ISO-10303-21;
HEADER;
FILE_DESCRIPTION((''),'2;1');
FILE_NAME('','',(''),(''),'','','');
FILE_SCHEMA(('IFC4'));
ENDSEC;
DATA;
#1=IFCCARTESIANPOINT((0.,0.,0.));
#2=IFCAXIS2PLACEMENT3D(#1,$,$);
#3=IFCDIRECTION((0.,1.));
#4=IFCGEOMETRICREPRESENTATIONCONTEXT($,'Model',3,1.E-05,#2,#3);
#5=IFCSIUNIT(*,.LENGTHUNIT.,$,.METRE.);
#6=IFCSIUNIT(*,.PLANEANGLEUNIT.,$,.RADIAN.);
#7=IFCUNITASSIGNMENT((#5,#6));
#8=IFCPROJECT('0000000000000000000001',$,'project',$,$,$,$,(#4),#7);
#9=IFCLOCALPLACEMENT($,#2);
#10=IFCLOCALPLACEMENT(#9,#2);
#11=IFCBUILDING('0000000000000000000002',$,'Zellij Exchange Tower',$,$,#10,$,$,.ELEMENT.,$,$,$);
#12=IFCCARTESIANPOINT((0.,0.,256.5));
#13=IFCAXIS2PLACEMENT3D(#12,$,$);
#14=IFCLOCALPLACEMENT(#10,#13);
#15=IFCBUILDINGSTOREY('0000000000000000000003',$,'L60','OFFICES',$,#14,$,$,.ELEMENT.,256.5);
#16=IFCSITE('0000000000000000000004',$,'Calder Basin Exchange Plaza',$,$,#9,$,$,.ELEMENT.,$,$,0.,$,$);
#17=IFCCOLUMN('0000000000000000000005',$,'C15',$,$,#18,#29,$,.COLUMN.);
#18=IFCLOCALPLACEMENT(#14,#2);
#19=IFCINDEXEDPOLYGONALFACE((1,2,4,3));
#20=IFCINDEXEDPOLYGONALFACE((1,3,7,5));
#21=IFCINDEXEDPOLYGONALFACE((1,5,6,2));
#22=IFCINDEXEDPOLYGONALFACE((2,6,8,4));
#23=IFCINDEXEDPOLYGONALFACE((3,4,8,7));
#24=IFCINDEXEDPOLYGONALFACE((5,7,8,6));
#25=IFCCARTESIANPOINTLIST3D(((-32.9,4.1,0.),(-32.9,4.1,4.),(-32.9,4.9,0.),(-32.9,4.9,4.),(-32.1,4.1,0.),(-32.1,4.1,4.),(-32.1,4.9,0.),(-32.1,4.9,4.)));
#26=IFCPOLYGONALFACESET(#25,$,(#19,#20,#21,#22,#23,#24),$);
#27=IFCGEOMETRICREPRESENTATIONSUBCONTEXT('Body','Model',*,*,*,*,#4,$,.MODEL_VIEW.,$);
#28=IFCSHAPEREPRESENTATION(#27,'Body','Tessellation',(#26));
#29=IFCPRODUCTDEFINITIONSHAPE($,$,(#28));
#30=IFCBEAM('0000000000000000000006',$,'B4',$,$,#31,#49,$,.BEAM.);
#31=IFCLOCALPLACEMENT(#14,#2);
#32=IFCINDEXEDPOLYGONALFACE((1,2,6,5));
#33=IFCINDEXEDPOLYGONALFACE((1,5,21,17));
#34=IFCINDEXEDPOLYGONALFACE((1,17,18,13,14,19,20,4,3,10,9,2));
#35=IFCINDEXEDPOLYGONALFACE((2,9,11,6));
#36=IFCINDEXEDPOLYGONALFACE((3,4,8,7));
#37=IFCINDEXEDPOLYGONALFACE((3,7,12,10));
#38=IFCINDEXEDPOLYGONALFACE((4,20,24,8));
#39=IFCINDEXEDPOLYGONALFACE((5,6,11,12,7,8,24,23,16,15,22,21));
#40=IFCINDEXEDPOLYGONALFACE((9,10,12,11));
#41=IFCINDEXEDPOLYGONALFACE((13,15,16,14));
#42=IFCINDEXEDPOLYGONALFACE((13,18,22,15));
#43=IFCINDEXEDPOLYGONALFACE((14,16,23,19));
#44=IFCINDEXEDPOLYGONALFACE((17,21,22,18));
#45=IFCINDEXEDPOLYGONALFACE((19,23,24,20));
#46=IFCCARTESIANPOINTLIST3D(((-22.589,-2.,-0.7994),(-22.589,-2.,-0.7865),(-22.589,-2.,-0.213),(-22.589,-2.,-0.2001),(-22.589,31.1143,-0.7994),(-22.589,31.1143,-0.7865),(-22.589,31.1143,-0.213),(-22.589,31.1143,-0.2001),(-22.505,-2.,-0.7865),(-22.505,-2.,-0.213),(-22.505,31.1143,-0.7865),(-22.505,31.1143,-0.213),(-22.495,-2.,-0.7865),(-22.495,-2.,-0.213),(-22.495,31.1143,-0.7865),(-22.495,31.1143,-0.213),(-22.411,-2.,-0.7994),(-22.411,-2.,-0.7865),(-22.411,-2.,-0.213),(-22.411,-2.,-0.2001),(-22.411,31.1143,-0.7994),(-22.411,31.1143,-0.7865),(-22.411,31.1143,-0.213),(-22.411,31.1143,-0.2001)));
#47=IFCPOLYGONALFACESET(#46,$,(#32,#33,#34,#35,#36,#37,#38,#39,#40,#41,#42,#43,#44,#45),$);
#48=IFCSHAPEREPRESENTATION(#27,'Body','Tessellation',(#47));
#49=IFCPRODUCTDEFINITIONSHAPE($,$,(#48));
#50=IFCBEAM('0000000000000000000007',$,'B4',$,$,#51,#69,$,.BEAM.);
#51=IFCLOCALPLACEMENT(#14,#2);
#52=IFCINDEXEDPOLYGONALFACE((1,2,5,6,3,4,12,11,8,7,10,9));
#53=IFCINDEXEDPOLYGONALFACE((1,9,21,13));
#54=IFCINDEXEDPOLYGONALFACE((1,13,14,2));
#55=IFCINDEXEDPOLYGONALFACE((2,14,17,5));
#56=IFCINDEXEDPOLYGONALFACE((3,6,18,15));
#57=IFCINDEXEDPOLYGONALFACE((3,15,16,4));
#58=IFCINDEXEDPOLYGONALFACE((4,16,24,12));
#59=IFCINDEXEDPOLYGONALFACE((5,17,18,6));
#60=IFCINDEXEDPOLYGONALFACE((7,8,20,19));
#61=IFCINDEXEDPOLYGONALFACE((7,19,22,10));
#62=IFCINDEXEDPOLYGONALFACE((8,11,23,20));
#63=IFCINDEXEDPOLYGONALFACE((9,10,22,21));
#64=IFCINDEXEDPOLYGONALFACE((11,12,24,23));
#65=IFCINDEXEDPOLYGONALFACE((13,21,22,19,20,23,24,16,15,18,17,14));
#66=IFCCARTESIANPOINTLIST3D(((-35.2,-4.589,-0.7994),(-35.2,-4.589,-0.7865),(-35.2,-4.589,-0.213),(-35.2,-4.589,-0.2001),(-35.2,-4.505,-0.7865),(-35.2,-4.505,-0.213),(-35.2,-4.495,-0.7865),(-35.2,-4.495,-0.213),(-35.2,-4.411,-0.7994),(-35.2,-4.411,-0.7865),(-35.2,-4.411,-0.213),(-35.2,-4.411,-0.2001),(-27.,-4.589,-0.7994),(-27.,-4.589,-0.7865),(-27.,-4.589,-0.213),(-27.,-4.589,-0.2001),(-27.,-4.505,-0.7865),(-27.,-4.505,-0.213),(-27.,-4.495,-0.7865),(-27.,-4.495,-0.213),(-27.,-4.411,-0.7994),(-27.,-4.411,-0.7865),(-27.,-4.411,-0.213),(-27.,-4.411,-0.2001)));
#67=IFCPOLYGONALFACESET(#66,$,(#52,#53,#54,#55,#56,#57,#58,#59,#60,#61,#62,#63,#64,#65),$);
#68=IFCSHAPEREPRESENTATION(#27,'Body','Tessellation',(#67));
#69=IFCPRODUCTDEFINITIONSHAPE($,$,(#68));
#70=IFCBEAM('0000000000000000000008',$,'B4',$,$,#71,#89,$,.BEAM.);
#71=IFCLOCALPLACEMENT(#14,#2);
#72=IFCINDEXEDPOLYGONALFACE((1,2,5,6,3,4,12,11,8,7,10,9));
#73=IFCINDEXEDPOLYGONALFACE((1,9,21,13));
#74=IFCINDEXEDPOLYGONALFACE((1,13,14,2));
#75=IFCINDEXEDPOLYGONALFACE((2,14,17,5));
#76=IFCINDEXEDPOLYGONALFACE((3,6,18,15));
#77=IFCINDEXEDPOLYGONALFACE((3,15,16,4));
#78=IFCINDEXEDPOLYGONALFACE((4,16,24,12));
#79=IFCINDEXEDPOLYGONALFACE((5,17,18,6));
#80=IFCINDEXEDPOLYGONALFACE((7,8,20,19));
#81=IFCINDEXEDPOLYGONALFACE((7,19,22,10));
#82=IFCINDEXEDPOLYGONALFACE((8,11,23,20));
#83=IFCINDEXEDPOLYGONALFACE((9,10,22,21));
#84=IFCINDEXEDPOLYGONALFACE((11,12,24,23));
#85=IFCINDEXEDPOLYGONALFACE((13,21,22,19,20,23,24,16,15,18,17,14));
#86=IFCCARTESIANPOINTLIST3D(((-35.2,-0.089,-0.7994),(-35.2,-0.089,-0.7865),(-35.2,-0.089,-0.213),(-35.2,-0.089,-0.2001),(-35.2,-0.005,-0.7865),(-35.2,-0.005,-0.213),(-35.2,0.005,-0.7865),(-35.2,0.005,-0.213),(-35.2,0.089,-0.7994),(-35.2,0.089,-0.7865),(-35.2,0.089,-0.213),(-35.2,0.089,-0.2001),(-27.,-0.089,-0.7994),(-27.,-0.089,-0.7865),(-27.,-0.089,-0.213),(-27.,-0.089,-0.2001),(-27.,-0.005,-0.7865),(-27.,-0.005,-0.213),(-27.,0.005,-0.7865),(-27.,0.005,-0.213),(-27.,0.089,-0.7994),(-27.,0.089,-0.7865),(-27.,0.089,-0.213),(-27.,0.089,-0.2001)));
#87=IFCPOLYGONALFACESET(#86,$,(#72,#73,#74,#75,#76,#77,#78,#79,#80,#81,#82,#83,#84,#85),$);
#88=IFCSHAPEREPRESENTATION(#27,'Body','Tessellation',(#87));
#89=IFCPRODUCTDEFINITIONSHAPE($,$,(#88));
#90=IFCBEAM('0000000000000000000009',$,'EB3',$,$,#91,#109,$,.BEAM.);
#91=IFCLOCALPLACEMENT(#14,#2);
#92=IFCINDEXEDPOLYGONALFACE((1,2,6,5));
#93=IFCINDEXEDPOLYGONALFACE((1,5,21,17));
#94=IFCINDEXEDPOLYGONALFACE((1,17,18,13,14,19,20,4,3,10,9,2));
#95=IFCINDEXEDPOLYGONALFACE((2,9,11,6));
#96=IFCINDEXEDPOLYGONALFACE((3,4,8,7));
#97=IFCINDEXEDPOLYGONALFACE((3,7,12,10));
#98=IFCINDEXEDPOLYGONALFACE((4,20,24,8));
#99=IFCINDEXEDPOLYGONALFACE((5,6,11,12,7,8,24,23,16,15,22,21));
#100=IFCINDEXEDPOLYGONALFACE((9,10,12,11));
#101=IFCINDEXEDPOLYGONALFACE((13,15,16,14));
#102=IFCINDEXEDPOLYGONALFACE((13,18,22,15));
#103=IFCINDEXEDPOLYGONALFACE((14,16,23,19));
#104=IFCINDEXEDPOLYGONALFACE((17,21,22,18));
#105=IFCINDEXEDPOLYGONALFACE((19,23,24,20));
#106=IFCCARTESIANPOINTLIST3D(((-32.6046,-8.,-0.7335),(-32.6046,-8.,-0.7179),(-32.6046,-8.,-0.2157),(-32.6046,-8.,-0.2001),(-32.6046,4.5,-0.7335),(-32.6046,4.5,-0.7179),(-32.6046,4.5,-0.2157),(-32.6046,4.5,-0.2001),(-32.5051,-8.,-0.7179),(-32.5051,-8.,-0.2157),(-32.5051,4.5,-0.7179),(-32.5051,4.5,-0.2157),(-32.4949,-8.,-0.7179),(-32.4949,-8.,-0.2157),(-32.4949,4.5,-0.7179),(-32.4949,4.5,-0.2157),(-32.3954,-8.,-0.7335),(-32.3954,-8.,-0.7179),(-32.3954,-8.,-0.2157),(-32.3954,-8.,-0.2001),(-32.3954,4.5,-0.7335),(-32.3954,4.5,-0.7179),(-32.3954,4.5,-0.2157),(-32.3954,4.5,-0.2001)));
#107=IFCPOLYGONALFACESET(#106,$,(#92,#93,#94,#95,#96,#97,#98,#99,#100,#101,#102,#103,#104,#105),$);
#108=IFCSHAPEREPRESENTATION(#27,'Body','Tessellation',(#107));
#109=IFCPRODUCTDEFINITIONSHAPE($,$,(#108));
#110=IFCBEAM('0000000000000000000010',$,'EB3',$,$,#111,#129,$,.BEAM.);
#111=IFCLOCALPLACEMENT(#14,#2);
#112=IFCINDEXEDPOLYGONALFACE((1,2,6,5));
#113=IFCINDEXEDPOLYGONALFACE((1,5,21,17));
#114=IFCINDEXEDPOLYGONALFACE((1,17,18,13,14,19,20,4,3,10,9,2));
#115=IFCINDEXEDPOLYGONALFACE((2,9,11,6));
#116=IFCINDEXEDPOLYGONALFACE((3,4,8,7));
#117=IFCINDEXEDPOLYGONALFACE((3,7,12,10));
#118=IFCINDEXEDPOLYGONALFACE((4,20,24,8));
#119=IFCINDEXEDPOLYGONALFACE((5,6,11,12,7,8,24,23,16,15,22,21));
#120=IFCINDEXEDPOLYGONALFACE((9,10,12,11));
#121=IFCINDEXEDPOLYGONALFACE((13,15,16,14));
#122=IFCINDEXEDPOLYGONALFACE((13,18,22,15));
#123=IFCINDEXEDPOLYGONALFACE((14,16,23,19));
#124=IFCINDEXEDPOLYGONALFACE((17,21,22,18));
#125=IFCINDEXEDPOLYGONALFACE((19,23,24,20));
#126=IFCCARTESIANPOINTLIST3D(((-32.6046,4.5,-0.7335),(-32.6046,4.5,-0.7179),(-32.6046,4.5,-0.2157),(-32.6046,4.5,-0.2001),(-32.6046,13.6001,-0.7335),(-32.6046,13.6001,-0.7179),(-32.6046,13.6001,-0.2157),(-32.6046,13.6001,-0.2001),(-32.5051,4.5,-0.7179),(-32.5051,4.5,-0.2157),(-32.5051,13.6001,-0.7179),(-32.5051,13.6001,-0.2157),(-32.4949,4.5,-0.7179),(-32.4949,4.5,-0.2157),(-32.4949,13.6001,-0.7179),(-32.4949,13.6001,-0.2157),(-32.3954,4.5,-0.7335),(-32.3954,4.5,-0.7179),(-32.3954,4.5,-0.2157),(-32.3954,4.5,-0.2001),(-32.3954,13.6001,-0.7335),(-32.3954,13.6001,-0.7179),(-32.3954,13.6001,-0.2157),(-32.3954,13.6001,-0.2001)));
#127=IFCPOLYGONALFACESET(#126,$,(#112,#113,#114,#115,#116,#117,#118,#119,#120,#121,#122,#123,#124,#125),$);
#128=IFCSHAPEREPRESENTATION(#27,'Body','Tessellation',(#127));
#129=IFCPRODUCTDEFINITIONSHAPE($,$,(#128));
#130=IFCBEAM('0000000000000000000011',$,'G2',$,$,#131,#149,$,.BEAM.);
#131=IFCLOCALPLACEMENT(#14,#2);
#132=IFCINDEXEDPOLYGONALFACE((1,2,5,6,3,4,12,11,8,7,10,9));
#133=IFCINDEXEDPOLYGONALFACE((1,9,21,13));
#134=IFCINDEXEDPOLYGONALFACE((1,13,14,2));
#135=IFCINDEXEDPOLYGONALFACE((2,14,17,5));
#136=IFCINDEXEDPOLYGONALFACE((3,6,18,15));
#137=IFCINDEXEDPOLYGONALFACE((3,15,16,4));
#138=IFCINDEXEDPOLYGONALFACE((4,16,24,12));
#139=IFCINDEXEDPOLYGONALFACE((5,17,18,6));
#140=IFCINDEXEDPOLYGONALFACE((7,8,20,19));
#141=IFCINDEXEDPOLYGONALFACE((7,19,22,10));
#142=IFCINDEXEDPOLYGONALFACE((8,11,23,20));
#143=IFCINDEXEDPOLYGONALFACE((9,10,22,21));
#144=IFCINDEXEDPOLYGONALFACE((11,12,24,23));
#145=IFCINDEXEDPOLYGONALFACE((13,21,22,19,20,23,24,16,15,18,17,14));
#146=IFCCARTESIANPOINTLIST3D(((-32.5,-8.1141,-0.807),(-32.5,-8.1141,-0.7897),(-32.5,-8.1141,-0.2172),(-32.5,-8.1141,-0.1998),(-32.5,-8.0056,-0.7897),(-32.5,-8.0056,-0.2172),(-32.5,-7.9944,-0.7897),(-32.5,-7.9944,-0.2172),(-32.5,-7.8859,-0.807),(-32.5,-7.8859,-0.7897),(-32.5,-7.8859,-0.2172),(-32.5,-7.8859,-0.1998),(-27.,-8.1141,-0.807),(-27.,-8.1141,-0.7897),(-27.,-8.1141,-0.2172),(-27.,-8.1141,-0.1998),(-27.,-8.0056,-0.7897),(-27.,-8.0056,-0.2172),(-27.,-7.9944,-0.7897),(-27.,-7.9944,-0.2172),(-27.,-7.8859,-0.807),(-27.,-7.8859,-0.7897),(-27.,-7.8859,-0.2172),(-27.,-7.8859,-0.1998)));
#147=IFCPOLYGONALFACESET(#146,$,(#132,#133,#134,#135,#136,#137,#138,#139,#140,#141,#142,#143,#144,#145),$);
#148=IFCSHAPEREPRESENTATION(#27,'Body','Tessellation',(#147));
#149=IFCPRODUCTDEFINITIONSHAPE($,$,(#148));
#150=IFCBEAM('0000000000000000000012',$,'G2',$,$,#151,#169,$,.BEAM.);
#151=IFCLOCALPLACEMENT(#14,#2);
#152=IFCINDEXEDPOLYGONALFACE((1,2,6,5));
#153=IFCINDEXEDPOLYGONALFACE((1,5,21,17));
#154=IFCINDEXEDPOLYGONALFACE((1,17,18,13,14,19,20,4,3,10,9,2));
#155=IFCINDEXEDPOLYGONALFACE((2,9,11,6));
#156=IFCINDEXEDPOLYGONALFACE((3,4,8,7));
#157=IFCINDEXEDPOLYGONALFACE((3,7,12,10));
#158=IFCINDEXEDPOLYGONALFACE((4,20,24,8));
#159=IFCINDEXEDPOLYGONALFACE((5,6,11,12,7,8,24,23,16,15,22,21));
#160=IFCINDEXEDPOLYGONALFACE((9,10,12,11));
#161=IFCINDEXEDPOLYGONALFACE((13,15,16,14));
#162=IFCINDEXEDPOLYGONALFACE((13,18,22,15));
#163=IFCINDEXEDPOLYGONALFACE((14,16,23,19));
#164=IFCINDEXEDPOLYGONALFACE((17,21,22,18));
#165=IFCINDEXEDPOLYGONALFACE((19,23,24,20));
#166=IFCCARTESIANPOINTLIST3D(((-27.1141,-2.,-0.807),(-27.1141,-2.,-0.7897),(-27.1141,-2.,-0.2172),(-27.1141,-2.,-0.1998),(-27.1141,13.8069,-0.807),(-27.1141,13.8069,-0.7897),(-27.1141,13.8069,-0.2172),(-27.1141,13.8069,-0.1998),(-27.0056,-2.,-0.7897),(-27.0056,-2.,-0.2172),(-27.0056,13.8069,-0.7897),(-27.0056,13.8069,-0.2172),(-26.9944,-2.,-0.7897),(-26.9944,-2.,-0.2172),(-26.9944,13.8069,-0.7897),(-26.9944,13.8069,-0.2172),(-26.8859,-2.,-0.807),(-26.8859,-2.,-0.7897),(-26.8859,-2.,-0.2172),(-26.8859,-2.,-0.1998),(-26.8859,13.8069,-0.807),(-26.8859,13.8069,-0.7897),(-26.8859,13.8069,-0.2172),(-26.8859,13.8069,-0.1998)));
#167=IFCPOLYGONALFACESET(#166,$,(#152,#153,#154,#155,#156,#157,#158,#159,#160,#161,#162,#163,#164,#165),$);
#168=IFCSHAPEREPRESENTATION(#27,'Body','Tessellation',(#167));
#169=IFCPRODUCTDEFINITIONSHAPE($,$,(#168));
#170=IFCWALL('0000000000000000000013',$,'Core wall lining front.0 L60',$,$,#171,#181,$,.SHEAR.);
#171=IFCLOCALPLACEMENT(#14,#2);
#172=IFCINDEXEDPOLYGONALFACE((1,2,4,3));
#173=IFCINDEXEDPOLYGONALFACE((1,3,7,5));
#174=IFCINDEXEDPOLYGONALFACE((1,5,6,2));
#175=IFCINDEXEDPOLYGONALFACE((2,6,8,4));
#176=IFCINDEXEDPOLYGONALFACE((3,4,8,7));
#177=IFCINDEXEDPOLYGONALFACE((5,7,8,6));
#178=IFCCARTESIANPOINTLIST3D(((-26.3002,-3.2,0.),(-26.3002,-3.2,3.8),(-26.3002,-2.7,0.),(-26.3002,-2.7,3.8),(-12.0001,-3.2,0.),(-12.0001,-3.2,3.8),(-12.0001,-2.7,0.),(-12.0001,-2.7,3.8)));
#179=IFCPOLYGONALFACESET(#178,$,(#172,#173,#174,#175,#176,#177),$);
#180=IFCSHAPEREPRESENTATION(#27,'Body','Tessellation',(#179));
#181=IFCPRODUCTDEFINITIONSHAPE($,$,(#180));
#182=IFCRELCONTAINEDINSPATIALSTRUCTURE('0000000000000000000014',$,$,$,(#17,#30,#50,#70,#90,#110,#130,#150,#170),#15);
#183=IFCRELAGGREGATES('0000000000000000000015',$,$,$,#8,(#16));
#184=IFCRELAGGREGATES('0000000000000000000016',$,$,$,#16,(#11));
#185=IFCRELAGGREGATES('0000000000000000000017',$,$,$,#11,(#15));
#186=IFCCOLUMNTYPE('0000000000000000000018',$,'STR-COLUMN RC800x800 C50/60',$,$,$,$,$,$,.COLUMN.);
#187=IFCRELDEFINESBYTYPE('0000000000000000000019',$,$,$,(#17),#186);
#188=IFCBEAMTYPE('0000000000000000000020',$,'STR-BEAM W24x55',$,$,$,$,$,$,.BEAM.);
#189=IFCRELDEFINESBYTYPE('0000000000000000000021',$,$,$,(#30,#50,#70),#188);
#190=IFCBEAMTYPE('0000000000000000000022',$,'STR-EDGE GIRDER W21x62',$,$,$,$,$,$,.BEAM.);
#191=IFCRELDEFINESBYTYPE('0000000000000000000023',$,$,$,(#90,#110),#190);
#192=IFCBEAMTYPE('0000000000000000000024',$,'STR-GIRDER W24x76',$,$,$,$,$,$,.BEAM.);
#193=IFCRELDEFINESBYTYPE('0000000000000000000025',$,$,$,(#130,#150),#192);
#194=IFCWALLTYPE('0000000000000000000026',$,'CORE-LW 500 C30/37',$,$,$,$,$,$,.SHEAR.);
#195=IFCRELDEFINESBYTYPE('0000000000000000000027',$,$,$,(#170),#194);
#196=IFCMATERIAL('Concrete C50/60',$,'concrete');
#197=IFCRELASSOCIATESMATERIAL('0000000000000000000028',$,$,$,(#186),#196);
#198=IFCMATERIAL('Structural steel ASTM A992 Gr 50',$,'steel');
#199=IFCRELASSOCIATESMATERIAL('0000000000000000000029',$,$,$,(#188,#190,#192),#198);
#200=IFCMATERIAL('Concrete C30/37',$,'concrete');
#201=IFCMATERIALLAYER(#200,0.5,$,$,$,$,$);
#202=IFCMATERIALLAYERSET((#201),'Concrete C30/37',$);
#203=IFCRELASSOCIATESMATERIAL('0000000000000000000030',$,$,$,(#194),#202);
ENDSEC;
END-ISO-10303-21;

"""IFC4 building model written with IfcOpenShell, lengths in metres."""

from ifc_helpers import new_model, si_unit, direction, frame, frame_2d, origin, origin_2d, place, context, subcontext, project, spatial, rectangle, i_section, extrude, material, layer, layer_set, material_profile, profile_set, type_object, element, save


model = new_model("IFC4")

# Units and contexts
model_context = context("Model", 3, precision=1e-05, world=origin(), true_north=direction((0.0, 1.0)))
body_context = subcontext(model_context, "Body", "Model", "MODEL_VIEW")
ifc_project = project(units=[si_unit("LENGTHUNIT", "METRE"), si_unit("PLANEANGLEUNIT", "RADIAN")], contexts=[model_context])

# Site, building, storey
site_placement = place(None, origin())
site = spatial("IfcSite", under=ifc_project, at=site_placement, Name="Calder Basin Exchange Plaza", CompositionType="ELEMENT", RefElevation=0.0)
building_placement = place(site_placement, origin())
building = spatial("IfcBuilding", under=site, at=building_placement, Name="Zellij Exchange Tower", CompositionType="ELEMENT")
storey_placement = place(building_placement, frame((0.0, 0.0, 256.5)))
storey = spatial("IfcBuildingStorey", under=building, at=storey_placement, Name="L60", Description="OFFICES", CompositionType="ELEMENT", Elevation=256.5)

# Column
ifc_material_1 = material(Name="Concrete C50/60", Category="concrete")
ifc_material_profile_1 = material_profile(ifc_material_1, rectangle(XDim=0.8, YDim=0.8, at=origin_2d()), Name="STR-COLUMN RC800x800 C50/60")
ifc_profile_set_1 = profile_set([ifc_material_profile_1], Name="Concrete C50/60")
column_type = type_object("IfcColumnType", Name="STR-COLUMN RC800x800 C50/60", PredefinedType="COLUMN", material=ifc_profile_set_1)
column_placement = place(storey_placement, frame((-32.5, 4.5, 0.0), z_axis=(0.0, 0.0, 1.0), x_axis=(1.0, 0.0, 0.0)))
element("IfcColumn", 1, at=column_placement, inside=storey, type_object=column_type, Name="C15", PredefinedType="COLUMN", context=body_context, shape_type="SweptSolid", body=[
    extrude(rectangle(XDim=0.8, YDim=0.8, at=origin_2d()), origin(), (0.0, 0.0, 1.0), 4.0),
])

# Beams
ifc_material_2 = material(Name="Structural steel ASTM A992 Gr 50", Category="steel")
ifc_material_profile_2 = material_profile(ifc_material_2, i_section(OverallWidth=0.178, OverallDepth=0.5994, WebThickness=0.01, FlangeThickness=0.0129, at=origin_2d()), Name="W24x55")
ifc_profile_set_2 = profile_set([ifc_material_profile_2], Name="Structural steel ASTM A992 Gr 50")
beam_type_1 = type_object("IfcBeamType", Name="STR-BEAM W24x55", PredefinedType="BEAM", material=ifc_profile_set_2)
beam_1_placement = place(storey_placement, frame((-22.5, -2.0, -0.4998), z_axis=(0.0, 1.0, 0.0), x_axis=(-1.0, 0.0, 0.0)))
element("IfcBeam", 2, at=beam_1_placement, inside=storey, type_object=beam_type_1, Name="B4", PredefinedType="BEAM", context=body_context, shape_type="SweptSolid", body=[
    extrude(i_section(OverallWidth=0.178, OverallDepth=0.5994, WebThickness=0.01, FlangeThickness=0.0129, at=origin_2d()), origin(), (0.0, 0.0, 1.0), 33.1143),
])
for number, where, z_axis, x_axis, name in (
    (3, (-35.2, -4.5, -0.4998), (1.0, 0.0, 0.0), (0.0, 1.0, 0.0), "B4"),
    (4, (-35.2, 0.0, -0.4998), (1.0, 0.0, 0.0), (0.0, 1.0, 0.0), "B4"),
):
    element("IfcBeam", number, at=place(storey_placement, frame(where, z_axis=z_axis, x_axis=x_axis)), inside=storey, type_object=beam_type_1, Name=name, PredefinedType="BEAM", context=body_context, shape_type="SweptSolid", body=[
        extrude(i_section(OverallWidth=0.178, OverallDepth=0.5994, WebThickness=0.01, FlangeThickness=0.0129, at=origin_2d()), origin(), (0.0, 0.0, 1.0), 8.2),
    ])
ifc_material_profile_3 = material_profile(ifc_material_2, i_section(OverallWidth=0.2092, OverallDepth=0.5334, WebThickness=0.0103, FlangeThickness=0.0156, at=origin_2d()), Name="W21x62")
ifc_profile_set_3 = profile_set([ifc_material_profile_3], Name="Structural steel ASTM A992 Gr 50")
beam_type_2 = type_object("IfcBeamType", Name="STR-EDGE GIRDER W21x62", PredefinedType="BEAM", material=ifc_profile_set_3)
beam_2_placement = place(storey_placement, frame((-32.5, -8.0, -0.4668), z_axis=(0.0, 1.0, 0.0), x_axis=(-1.0, 0.0, 0.0)))
element("IfcBeam", 5, at=beam_2_placement, inside=storey, type_object=beam_type_2, Name="EB3", PredefinedType="BEAM", context=body_context, shape_type="SweptSolid", body=[
    extrude(i_section(OverallWidth=0.2092, OverallDepth=0.5334, WebThickness=0.0103, FlangeThickness=0.0156, at=origin_2d()), origin(), (0.0, 0.0, 1.0), 12.5),
])
beam_3_placement = place(storey_placement, frame((-32.5, 4.5, -0.4668), z_axis=(0.0, 1.0, 0.0), x_axis=(-1.0, 0.0, 0.0)))
element("IfcBeam", 6, at=beam_3_placement, inside=storey, type_object=beam_type_2, Name="EB3", PredefinedType="BEAM", context=body_context, shape_type="SweptSolid", body=[
    extrude(i_section(OverallWidth=0.2092, OverallDepth=0.5334, WebThickness=0.0103, FlangeThickness=0.0156, at=origin_2d()), origin(), (0.0, 0.0, 1.0), 9.1001),
])
ifc_material_profile_4 = material_profile(ifc_material_2, i_section(OverallWidth=0.2283, OverallDepth=0.6072, WebThickness=0.0112, FlangeThickness=0.0173, at=origin_2d()), Name="W24x76")
ifc_profile_set_4 = profile_set([ifc_material_profile_4], Name="Structural steel ASTM A992 Gr 50")
beam_type_3 = type_object("IfcBeamType", Name="STR-GIRDER W24x76", PredefinedType="BEAM", material=ifc_profile_set_4)
beam_4_placement = place(storey_placement, frame((-32.5, -8.0, -0.5034), z_axis=(1.0, 0.0, 0.0), x_axis=(0.0, 1.0, 0.0)))
element("IfcBeam", 7, at=beam_4_placement, inside=storey, type_object=beam_type_3, Name="G2", PredefinedType="BEAM", context=body_context, shape_type="SweptSolid", body=[
    extrude(i_section(OverallWidth=0.2283, OverallDepth=0.6072, WebThickness=0.0112, FlangeThickness=0.0173, at=origin_2d()), origin(), (0.0, 0.0, 1.0), 5.5),
])
beam_5_placement = place(storey_placement, frame((-27.0, -2.0, -0.5034), z_axis=(0.0, 1.0, 0.0), x_axis=(-1.0, 0.0, 0.0)))
element("IfcBeam", 8, at=beam_5_placement, inside=storey, type_object=beam_type_3, Name="G2", PredefinedType="BEAM", context=body_context, shape_type="SweptSolid", body=[
    extrude(i_section(OverallWidth=0.2283, OverallDepth=0.6072, WebThickness=0.0112, FlangeThickness=0.0173, at=origin_2d()), origin(), (0.0, 0.0, 1.0), 15.8069),
])

# Wall
ifc_material_3 = material(Name="Concrete C30/37", Category="concrete")
ifc_layer_1 = layer(ifc_material_3, 0.5)
ifc_layer_set_1 = layer_set([ifc_layer_1], Name="Concrete C30/37")
wall_type_1 = type_object("IfcWallType", Name="CORE-LW 500 C30/37", PredefinedType="SHEAR", material=ifc_layer_set_1)
wall_1_placement = place(storey_placement, frame((-26.3, -2.95, 0.0), z_axis=(0.0, 0.0, 1.0), x_axis=(1.0, 0.0, 0.0)))
element("IfcWall", 9, at=wall_1_placement, inside=storey, type_object=wall_type_1, Name="Core wall lining front.0 L60", PredefinedType="SHEAR", context=body_context, shape_type="SweptSolid", body=[
    extrude(rectangle(XDim=14.3, YDim=0.5, at=frame_2d((7.1499, 0.0))), origin(), (0.0, 0.0, 1.0), 3.8),
])

save(model, "model.ifc")
